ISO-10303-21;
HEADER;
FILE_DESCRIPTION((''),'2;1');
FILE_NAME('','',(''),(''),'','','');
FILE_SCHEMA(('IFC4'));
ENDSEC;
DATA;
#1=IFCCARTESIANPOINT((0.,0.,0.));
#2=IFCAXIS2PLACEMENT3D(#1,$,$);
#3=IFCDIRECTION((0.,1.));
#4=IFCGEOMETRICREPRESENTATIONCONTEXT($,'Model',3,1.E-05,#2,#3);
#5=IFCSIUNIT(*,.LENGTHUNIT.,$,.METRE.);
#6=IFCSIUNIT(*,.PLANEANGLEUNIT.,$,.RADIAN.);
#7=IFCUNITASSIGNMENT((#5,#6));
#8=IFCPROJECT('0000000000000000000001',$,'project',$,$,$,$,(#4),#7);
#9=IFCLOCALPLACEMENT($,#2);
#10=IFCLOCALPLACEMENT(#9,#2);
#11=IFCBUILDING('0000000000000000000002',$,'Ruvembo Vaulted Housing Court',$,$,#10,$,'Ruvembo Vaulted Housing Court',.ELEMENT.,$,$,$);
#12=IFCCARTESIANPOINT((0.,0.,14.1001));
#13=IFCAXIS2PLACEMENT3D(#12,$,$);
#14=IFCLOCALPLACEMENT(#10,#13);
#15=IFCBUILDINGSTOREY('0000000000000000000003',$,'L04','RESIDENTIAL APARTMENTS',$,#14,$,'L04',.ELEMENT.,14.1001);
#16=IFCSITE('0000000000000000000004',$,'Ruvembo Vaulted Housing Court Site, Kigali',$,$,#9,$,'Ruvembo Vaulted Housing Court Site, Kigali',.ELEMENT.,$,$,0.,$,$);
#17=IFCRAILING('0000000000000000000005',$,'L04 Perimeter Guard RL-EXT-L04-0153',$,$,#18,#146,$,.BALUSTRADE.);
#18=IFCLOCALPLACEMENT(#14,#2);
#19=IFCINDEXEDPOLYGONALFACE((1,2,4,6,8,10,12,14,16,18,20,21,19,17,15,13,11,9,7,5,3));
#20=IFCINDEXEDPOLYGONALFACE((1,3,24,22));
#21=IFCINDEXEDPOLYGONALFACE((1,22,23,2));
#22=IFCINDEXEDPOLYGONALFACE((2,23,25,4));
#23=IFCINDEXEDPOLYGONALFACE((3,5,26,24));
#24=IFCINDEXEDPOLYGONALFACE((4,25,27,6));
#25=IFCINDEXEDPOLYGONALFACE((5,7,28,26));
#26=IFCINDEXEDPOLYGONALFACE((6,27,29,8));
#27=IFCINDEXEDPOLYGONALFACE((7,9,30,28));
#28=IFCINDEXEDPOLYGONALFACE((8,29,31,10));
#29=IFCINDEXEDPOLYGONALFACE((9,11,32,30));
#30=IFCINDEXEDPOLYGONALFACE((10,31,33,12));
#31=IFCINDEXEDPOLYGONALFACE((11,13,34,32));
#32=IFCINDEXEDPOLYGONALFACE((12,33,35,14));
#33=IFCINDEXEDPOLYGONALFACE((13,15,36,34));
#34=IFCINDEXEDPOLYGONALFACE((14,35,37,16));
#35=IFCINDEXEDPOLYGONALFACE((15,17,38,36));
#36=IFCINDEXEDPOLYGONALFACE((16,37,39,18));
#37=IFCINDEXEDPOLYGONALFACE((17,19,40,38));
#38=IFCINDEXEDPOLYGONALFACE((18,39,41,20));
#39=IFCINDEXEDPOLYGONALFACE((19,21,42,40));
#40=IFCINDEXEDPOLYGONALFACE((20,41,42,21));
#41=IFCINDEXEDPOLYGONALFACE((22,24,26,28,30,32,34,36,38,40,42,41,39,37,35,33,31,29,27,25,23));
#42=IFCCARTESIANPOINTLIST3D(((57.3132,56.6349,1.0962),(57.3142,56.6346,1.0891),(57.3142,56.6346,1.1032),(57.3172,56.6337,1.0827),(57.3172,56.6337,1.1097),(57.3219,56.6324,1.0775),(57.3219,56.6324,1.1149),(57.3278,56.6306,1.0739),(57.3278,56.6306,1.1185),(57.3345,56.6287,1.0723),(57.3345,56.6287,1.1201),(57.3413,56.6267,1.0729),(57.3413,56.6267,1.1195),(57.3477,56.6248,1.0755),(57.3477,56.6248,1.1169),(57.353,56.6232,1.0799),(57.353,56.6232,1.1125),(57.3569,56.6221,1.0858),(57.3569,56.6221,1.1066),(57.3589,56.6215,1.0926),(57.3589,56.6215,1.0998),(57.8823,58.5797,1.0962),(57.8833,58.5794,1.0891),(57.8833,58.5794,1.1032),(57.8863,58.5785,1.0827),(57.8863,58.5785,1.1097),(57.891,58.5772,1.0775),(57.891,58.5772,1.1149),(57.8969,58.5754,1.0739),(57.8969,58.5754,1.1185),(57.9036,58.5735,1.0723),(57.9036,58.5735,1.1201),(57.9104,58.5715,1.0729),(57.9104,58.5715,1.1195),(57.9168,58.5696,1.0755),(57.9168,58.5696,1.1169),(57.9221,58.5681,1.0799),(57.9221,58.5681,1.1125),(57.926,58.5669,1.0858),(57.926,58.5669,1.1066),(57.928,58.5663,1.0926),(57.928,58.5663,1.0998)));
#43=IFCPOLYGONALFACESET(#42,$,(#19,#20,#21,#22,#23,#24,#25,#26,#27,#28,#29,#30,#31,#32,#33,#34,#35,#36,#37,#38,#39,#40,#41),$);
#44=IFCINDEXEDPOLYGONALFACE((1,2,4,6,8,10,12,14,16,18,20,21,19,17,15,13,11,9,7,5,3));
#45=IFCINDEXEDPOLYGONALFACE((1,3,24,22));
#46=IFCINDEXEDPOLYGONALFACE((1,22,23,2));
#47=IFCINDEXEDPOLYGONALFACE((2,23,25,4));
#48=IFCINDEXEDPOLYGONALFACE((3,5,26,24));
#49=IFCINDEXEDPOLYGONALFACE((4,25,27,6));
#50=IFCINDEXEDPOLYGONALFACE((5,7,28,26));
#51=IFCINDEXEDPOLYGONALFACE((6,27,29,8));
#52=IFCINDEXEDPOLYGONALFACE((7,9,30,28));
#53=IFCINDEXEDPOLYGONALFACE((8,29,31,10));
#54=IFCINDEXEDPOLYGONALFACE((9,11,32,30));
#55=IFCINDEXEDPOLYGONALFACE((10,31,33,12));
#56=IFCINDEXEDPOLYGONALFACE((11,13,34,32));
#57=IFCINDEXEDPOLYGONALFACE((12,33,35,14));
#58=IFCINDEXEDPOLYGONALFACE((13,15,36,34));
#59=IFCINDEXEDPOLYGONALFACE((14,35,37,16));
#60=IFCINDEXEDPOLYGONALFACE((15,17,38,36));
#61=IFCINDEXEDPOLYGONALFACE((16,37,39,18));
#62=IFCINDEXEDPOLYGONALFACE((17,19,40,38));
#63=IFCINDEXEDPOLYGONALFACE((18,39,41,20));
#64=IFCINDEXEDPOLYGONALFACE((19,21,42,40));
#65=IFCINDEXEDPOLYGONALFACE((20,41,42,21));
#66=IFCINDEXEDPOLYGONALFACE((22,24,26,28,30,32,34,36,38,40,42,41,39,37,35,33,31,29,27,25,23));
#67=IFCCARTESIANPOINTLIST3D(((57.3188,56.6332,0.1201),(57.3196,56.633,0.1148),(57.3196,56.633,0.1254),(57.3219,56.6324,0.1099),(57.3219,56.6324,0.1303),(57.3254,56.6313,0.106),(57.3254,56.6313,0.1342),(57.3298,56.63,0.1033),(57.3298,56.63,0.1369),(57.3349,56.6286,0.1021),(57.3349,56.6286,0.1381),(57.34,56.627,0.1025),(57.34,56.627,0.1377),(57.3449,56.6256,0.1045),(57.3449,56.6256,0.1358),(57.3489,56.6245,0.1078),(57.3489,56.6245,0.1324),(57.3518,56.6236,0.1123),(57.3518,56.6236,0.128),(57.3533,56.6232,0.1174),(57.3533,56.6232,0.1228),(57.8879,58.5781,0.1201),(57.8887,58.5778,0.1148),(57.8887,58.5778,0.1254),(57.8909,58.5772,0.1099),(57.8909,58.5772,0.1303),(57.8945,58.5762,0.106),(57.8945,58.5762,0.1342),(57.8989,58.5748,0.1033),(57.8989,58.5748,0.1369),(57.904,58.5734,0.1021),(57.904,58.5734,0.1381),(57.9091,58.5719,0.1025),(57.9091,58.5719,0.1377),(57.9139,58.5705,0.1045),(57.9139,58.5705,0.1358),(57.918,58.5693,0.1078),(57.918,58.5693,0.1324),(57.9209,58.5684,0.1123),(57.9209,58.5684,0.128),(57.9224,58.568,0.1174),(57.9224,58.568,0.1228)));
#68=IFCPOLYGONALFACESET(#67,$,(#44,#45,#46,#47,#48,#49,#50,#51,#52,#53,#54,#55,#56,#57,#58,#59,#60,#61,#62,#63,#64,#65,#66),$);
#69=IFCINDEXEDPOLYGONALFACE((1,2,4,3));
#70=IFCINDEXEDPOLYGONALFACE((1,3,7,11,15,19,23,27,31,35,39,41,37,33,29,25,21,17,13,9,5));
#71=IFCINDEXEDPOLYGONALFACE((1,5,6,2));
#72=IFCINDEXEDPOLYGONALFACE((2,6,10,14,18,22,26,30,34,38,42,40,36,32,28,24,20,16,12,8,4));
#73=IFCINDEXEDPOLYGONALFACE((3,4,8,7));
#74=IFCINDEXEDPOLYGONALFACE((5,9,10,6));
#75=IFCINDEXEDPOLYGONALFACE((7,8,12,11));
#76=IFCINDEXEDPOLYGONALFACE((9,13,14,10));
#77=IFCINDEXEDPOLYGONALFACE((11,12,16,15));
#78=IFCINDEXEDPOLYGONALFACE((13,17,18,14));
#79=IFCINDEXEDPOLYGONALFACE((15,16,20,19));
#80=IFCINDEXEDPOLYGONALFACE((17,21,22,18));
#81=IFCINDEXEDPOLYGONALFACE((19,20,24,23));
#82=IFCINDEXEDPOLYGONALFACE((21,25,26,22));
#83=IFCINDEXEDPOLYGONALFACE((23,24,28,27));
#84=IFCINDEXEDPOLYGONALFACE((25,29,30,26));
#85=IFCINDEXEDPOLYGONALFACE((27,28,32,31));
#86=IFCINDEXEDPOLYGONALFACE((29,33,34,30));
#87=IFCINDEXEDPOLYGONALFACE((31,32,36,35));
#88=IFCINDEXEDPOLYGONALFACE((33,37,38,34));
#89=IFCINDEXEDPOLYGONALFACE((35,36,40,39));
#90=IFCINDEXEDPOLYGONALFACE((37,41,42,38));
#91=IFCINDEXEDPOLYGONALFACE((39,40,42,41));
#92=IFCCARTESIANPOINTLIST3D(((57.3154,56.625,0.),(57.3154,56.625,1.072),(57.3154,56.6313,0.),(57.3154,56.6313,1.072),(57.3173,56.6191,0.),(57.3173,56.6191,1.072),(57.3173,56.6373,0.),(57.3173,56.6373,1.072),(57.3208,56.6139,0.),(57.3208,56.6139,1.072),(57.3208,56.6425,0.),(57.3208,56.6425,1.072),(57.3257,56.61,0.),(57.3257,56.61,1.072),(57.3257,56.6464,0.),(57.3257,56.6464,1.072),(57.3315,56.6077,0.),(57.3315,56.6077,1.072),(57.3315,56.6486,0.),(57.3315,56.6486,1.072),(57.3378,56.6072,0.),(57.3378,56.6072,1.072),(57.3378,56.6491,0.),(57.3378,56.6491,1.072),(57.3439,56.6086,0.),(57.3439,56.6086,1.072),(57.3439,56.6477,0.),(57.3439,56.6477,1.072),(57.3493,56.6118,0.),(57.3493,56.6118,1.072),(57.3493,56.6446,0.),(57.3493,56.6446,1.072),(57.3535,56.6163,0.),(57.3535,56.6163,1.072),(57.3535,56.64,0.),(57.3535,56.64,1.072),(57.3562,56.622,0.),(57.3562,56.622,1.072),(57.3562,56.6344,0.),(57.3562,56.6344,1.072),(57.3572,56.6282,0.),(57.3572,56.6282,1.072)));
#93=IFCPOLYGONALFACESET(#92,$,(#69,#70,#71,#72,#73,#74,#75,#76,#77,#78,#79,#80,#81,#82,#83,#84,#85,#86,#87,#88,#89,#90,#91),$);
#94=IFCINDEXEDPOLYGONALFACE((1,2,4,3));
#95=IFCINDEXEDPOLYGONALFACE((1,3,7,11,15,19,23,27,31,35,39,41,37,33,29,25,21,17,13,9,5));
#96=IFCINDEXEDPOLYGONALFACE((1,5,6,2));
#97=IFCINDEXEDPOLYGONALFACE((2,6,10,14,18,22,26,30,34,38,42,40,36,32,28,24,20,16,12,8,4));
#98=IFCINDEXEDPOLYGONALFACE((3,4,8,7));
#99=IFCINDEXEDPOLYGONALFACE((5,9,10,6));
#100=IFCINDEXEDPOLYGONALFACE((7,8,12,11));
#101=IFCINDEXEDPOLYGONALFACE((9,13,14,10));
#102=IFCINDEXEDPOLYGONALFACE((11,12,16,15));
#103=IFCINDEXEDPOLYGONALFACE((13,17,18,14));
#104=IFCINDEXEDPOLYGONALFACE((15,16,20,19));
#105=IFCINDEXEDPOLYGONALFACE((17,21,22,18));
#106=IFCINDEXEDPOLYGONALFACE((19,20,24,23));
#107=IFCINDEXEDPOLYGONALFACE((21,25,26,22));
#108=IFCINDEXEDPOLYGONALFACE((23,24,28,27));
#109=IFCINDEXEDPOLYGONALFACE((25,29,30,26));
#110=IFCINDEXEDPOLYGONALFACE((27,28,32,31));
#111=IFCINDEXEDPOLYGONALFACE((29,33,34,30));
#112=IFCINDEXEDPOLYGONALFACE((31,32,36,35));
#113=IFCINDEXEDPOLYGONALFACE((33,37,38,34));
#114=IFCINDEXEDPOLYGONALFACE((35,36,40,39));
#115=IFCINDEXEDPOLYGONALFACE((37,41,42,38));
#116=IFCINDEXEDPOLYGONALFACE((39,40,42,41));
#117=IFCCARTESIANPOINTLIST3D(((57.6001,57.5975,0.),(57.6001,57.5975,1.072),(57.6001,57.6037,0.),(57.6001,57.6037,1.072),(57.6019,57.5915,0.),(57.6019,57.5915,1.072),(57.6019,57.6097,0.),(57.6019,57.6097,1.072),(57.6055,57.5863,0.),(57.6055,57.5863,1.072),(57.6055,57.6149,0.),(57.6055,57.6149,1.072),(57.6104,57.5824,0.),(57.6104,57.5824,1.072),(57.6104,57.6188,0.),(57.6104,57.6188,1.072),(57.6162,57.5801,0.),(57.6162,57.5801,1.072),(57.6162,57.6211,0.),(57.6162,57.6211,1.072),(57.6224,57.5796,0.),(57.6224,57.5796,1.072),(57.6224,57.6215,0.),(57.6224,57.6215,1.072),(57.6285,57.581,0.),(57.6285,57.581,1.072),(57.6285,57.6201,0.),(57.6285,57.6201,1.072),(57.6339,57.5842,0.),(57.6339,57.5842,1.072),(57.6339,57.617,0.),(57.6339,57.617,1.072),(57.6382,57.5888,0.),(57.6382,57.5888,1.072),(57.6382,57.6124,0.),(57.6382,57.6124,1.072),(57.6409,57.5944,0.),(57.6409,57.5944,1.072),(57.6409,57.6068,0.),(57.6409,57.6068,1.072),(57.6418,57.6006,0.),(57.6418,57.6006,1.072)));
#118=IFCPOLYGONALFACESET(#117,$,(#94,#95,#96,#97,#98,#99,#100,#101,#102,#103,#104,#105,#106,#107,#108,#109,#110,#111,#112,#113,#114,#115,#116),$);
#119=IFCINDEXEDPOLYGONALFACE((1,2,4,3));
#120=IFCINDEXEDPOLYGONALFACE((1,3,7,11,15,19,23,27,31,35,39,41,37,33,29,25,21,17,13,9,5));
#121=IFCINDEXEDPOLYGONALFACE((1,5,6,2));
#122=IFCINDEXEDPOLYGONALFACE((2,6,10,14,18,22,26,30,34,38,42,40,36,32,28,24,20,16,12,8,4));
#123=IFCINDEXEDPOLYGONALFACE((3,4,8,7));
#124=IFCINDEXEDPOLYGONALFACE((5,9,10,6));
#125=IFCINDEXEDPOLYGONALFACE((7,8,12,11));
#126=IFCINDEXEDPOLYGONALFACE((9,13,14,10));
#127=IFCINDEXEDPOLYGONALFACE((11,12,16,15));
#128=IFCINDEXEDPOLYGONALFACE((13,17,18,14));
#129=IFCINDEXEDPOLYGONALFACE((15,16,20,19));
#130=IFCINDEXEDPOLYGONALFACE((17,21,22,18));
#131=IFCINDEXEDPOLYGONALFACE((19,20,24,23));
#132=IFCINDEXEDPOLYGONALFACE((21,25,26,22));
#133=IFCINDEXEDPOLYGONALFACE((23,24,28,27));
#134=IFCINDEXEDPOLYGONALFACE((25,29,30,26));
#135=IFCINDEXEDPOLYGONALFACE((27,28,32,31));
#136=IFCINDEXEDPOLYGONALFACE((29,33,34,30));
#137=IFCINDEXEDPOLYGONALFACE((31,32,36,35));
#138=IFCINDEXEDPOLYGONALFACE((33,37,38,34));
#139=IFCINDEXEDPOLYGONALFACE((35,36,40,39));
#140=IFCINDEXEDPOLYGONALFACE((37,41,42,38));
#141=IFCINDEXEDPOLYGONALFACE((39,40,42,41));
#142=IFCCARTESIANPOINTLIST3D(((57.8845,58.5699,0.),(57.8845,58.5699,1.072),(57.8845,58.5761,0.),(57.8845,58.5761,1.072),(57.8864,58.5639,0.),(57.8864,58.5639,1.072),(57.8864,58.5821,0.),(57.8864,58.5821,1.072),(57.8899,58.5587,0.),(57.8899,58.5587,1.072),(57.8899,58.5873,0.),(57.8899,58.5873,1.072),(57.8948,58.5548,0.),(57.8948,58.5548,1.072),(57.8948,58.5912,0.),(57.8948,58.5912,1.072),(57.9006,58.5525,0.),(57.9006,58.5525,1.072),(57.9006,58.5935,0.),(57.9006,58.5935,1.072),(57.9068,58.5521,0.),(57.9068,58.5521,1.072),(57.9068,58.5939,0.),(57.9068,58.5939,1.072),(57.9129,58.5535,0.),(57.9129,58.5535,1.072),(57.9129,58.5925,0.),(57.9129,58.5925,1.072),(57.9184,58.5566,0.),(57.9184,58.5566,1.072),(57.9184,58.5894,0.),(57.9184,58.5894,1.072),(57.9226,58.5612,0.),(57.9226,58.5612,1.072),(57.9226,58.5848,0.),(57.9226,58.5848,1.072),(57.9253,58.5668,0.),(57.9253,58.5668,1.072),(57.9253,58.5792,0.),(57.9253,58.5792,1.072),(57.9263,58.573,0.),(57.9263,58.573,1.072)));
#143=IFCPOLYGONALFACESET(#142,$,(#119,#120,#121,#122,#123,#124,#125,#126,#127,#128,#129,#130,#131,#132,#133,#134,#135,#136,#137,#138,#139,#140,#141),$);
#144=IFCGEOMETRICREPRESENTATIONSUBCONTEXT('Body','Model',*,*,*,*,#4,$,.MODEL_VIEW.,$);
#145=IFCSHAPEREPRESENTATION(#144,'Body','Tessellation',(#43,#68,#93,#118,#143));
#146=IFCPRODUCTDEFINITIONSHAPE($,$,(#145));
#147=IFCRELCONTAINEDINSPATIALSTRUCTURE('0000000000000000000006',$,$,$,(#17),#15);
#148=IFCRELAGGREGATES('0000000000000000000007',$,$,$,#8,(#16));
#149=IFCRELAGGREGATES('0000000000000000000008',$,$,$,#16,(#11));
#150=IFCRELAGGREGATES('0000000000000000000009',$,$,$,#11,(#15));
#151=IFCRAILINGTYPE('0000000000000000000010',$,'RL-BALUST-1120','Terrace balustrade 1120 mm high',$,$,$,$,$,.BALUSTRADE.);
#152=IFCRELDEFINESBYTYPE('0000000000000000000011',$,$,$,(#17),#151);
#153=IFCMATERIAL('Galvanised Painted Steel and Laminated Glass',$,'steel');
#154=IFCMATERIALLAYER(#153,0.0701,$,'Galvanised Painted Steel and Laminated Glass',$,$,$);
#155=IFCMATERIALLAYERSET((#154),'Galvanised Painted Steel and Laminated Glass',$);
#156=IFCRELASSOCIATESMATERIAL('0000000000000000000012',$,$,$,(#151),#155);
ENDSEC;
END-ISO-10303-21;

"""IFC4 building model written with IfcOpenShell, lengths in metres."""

from ifc_helpers import new_model, si_unit, direction, frame, origin, origin_2d, place, context, subcontext, project, spatial, circle, extrude, material, layer, layer_set, type_object, element, save


model = new_model("IFC4")

# Units and contexts
model_context = context("Model", 3, precision=1e-05, world=origin(), true_north=direction((0.0, 1.0)))
body_context = subcontext(model_context, "Body", "Model", "MODEL_VIEW")
ifc_project = project(units=[si_unit("LENGTHUNIT", "METRE"), si_unit("PLANEANGLEUNIT", "RADIAN")], contexts=[model_context])

# Site, building, storey
site_placement = place(None, origin())
site = spatial("IfcSite", under=ifc_project, at=site_placement, Name="Ruvembo Vaulted Housing Court Site, Kigali", LongName="Ruvembo Vaulted Housing Court Site, Kigali", CompositionType="ELEMENT", RefElevation=0.0)
building_placement = place(site_placement, origin())
building = spatial("IfcBuilding", under=site, at=building_placement, Name="Ruvembo Vaulted Housing Court", LongName="Ruvembo Vaulted Housing Court", CompositionType="ELEMENT")
storey_placement = place(building_placement, frame((0.0, 0.0, 14.1001)))
storey = spatial("IfcBuildingStorey", under=building, at=storey_placement, Name="L04", Description="RESIDENTIAL APARTMENTS", LongName="L04", CompositionType="ELEMENT", Elevation=14.1001)

# Railing
ifc_material_1 = material(Name="Galvanised Painted Steel and Laminated Glass", Category="steel")
ifc_layer_1 = layer(ifc_material_1, 0.0701, Name="Galvanised Painted Steel and Laminated Glass")
ifc_layer_set_1 = layer_set([ifc_layer_1], Name="Galvanised Painted Steel and Laminated Glass")
railing_type = type_object("IfcRailingType", Name="RL-BALUST-1120", Description="Terrace balustrade 1120 mm high", PredefinedType="BALUSTRADE", material=ifc_layer_set_1)
railing_1_placement = place(storey_placement, frame((57.3362, 56.6282, 0.0)))
element("IfcRailing", 1, at=railing_1_placement, inside=storey, type_object=railing_type, Name="L04 Perimeter Guard RL-EXT-L04-0153", PredefinedType="BALUSTRADE", context=body_context, shape_type="SweptSolid", body=[
    extrude(circle(Radius=0.0239, at=origin_2d()), frame((0.0, 0.0, 1.0962), z_axis=(0.280842, 0.959754, 0.0), x_axis=(-0.959754, 0.280842, 0.0)), (0.0, 0.0, 1.0), 2.0264),
    extrude(circle(Radius=0.0181, at=origin_2d()), frame((0.0, 0.0, 0.1201), z_axis=(0.280842, 0.959754, 0.0), x_axis=(-0.959754, 0.280842, 0.0)), (0.0, 0.0, 1.0), 2.0264),
    extrude(circle(Radius=0.021, at=origin_2d()), origin(), (0.0, 0.0, 1.0), 1.072),
    extrude(circle(Radius=0.021, at=origin_2d()), frame((0.2847, 0.9724, 0.0)), (0.0, 0.0, 1.0), 1.072),
    extrude(circle(Radius=0.021, at=origin_2d()), frame((0.5691, 1.9448, 0.0)), (0.0, 0.0, 1.0), 1.072),
])

save(model, "model.ifc")
